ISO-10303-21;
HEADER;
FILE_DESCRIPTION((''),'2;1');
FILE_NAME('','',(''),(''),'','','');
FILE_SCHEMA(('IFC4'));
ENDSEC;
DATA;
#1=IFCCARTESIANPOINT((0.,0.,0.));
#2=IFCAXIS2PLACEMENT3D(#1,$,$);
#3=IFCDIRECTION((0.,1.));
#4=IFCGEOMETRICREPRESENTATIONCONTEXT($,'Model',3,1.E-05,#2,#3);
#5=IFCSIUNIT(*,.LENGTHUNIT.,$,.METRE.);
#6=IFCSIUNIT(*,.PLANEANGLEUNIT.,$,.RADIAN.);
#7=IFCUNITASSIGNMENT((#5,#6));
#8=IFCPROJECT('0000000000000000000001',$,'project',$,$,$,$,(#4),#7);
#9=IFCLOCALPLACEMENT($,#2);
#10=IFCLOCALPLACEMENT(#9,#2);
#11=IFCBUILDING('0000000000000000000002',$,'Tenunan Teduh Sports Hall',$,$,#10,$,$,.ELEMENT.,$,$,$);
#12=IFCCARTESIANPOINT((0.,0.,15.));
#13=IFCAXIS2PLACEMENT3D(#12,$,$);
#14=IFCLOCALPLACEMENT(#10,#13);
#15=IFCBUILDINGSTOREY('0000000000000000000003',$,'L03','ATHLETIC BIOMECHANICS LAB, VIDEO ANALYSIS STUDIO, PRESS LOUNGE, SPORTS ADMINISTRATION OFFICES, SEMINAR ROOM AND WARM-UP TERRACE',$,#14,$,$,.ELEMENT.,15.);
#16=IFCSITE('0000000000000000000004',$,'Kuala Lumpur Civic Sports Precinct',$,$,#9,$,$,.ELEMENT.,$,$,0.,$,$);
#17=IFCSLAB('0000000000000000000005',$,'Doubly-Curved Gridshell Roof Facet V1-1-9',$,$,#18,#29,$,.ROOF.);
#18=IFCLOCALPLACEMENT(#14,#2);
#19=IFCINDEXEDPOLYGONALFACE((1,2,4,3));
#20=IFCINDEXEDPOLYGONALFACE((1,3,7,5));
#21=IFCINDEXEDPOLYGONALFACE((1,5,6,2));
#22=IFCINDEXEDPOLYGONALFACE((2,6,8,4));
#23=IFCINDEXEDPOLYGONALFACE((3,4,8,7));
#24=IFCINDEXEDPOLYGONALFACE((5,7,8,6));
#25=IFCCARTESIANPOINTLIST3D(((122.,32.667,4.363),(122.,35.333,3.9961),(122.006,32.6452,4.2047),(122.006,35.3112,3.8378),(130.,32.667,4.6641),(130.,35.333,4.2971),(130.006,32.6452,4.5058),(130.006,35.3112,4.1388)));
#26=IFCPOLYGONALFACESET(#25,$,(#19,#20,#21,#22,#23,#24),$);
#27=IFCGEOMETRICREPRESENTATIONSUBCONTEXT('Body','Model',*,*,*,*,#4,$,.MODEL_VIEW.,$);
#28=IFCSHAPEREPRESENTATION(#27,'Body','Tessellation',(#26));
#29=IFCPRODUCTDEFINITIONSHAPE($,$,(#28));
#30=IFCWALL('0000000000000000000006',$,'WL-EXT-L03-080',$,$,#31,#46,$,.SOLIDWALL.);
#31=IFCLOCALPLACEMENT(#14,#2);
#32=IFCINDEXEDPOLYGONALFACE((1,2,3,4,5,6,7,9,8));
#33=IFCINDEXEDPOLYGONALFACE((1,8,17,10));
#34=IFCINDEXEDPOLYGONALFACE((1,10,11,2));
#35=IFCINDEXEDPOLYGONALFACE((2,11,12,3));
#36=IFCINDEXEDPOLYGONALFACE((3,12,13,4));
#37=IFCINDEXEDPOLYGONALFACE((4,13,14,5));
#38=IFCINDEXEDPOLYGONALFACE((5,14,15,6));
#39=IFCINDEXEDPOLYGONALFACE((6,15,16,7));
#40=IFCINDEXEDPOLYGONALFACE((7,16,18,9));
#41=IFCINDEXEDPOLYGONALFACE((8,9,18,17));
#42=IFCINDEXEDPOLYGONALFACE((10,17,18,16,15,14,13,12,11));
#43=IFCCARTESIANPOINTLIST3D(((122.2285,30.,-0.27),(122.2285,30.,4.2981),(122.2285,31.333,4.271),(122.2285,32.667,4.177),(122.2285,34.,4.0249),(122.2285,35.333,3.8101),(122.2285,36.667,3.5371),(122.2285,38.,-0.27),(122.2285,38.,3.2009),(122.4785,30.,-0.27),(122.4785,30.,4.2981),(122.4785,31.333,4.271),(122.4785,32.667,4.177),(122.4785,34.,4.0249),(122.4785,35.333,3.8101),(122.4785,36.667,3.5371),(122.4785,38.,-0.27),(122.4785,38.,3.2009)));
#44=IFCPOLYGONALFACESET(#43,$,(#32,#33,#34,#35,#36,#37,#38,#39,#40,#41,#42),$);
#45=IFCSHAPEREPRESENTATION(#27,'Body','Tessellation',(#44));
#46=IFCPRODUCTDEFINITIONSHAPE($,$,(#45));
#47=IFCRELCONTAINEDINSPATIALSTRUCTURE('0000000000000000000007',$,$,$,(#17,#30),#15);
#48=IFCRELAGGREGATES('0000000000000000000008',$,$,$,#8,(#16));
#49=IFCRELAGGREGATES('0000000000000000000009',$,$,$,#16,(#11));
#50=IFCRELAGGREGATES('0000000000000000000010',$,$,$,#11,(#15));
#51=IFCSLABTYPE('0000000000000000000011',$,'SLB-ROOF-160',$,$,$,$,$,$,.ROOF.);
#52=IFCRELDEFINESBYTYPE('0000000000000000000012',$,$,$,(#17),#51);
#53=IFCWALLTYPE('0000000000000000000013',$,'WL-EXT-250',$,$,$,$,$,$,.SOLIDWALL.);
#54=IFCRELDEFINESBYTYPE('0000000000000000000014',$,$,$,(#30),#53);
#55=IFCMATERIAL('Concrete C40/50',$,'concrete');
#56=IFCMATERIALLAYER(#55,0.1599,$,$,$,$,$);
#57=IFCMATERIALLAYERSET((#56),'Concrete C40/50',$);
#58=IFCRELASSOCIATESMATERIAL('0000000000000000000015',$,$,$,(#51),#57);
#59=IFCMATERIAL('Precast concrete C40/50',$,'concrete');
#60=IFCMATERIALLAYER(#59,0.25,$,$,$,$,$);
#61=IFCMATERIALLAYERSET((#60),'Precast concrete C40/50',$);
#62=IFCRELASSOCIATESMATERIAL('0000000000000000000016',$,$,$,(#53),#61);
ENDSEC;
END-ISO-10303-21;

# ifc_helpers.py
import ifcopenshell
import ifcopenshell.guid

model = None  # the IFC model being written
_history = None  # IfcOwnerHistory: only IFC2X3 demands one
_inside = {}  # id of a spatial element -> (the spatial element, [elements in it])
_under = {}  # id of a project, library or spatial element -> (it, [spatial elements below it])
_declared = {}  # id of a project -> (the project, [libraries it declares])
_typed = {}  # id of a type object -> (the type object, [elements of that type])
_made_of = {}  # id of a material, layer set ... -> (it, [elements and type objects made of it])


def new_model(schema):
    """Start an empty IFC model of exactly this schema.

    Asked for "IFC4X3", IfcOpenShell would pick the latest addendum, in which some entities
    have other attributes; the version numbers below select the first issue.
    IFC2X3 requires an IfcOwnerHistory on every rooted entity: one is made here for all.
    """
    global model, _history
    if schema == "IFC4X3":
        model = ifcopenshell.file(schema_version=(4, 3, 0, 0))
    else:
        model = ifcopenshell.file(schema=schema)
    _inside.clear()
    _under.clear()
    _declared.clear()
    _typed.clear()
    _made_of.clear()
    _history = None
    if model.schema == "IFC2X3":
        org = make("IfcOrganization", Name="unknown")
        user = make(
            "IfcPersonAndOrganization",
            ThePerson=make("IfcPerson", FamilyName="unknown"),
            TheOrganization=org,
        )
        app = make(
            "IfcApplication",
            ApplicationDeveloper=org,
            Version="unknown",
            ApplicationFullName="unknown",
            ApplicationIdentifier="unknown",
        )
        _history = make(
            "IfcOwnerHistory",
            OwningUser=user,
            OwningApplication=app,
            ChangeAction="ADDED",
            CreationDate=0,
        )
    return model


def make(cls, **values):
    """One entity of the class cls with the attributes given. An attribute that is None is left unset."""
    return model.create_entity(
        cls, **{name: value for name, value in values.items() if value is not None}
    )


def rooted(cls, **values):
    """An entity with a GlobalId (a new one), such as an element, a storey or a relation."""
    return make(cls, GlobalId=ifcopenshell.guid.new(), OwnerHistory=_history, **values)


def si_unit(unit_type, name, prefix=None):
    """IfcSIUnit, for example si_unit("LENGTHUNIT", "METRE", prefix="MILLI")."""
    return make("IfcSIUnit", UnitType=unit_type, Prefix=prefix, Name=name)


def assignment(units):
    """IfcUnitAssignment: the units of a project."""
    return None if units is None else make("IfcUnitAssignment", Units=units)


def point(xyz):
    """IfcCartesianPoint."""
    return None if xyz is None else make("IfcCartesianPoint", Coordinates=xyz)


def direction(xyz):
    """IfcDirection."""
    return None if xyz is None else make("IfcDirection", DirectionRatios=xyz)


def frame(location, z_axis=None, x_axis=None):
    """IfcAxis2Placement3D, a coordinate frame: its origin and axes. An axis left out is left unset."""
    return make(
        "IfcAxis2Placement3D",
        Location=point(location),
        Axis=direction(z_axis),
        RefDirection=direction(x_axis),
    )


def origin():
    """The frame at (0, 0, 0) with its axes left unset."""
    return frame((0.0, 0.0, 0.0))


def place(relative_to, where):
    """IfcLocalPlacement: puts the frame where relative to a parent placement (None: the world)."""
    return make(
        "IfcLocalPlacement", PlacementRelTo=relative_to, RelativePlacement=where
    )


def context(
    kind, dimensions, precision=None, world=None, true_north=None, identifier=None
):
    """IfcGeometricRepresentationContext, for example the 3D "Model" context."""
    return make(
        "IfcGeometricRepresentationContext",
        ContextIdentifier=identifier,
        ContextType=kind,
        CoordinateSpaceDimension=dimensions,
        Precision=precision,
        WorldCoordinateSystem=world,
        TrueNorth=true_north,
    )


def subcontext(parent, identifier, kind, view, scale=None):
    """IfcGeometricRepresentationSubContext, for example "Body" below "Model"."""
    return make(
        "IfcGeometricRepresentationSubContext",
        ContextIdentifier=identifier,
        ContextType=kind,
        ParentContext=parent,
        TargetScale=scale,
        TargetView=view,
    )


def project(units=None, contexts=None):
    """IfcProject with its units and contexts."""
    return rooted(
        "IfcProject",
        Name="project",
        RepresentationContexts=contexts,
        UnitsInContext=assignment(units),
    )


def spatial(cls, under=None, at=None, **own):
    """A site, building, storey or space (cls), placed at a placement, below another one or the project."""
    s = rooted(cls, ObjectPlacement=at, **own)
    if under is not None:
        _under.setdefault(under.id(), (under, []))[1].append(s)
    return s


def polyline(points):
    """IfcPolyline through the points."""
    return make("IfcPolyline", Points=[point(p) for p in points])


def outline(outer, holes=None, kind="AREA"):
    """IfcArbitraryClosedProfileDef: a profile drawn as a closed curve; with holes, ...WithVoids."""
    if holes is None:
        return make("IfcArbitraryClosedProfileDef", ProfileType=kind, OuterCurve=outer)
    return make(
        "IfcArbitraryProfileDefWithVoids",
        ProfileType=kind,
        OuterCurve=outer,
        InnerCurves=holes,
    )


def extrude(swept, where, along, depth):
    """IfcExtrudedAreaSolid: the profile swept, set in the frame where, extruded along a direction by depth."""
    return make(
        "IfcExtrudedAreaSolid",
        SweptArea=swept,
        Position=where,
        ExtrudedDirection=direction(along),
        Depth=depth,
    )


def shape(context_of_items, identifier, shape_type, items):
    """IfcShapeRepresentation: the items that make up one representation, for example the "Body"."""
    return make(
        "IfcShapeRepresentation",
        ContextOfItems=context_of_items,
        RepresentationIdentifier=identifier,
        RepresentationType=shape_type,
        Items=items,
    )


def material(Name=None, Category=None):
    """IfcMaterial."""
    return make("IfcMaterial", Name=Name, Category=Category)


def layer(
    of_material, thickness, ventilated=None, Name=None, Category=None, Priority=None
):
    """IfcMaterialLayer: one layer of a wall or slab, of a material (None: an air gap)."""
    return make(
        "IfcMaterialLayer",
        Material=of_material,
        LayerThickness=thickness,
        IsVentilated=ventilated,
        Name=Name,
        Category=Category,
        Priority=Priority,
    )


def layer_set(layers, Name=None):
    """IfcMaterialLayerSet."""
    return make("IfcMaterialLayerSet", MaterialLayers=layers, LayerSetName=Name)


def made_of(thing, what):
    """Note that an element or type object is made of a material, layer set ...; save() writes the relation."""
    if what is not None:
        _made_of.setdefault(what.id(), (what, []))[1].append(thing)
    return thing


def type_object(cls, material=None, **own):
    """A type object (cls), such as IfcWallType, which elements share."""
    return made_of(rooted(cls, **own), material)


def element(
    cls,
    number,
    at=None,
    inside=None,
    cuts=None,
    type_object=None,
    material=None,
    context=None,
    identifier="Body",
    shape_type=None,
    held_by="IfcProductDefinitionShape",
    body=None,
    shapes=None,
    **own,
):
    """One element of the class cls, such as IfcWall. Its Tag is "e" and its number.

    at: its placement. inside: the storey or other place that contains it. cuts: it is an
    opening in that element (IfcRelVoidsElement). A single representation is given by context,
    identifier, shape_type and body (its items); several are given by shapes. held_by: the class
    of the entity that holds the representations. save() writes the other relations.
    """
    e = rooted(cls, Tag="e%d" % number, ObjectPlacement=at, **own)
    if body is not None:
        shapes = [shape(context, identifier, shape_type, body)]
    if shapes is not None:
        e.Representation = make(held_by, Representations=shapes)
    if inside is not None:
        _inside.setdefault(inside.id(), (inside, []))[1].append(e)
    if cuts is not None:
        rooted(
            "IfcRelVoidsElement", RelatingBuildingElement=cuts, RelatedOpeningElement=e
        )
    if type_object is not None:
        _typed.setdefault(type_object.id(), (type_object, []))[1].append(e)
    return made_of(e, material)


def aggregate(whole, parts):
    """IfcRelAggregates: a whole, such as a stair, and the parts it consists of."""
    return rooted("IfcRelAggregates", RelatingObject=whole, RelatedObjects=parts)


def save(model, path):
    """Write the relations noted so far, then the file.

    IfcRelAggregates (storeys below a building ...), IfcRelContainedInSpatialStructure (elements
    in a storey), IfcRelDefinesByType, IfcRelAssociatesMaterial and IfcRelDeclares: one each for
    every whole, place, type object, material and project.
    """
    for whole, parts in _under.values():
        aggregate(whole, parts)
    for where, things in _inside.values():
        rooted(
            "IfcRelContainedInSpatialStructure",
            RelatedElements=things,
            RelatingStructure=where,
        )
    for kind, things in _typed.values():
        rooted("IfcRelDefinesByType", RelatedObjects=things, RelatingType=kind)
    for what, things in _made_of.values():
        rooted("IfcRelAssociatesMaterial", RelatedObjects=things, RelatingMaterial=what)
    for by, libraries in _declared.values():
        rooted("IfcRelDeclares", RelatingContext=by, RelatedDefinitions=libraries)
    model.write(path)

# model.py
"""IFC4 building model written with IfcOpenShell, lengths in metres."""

from ifc_helpers import new_model, si_unit, direction, frame, origin, place, context, subcontext, project, spatial, polyline, outline, extrude, material, layer, layer_set, type_object, element, save


model = new_model("IFC4")

# Units and contexts
model_context = context("Model", 3, precision=1e-05, world=origin(), true_north=direction((0.0, 1.0)))
body_context = subcontext(model_context, "Body", "Model", "MODEL_VIEW")
ifc_project = project(units=[si_unit("LENGTHUNIT", "METRE"), si_unit("PLANEANGLEUNIT", "RADIAN")], contexts=[model_context])

# Site, building, storey
site_placement = place(None, origin())
site = spatial("IfcSite", under=ifc_project, at=site_placement, Name="Kuala Lumpur Civic Sports Precinct", CompositionType="ELEMENT", RefElevation=0.0)
building_placement = place(site_placement, origin())
building = spatial("IfcBuilding", under=site, at=building_placement, Name="Tenunan Teduh Sports Hall", CompositionType="ELEMENT")
storey_placement = place(building_placement, frame((0.0, 0.0, 15.0)))
storey = spatial("IfcBuildingStorey", under=building, at=storey_placement, Name="L03", Description="ATHLETIC BIOMECHANICS LAB, VIDEO ANALYSIS STUDIO, PRESS LOUNGE, SPORTS ADMINISTRATION OFFICES, SEMINAR ROOM AND WARM-UP TERRACE", CompositionType="ELEMENT", Elevation=15.0)

# Slab
ifc_material_1 = material(Name="Concrete C40/50", Category="concrete")
ifc_layer_1 = layer(ifc_material_1, 0.1599)
ifc_layer_set_1 = layer_set([ifc_layer_1], Name="Concrete C40/50")
slab_type_1 = type_object("IfcSlabType", Name="SLB-ROOF-160", PredefinedType="ROOF", material=ifc_layer_set_1)
slab_1_placement = place(storey_placement, frame((122.0, 32.667, 4.363), z_axis=(-0.037251, 0.136257, 0.989973), x_axis=(0.999293, 0.0, 0.037602)))
element("IfcSlab", 1, at=slab_1_placement, inside=storey, type_object=slab_type_1, Name="Doubly-Curved Gridshell Roof Facet V1-1-9", PredefinedType="ROOF", context=body_context, shape_type="SweptSolid", body=[
    extrude(outline(polyline([(0.0, 0.0), (8.0057, 0.0), (7.9919, 2.6911), (-0.0138, 2.6911), (0.0, 0.0)])), origin(), (0.0, 0.0, -1.0), 0.1599),
])

# Wall
ifc_material_2 = material(Name="Precast concrete C40/50", Category="concrete")
ifc_layer_2 = layer(ifc_material_2, 0.25)
ifc_layer_set_2 = layer_set([ifc_layer_2], Name="Precast concrete C40/50")
wall_type = type_object("IfcWallType", Name="WL-EXT-250", PredefinedType="SOLIDWALL", material=ifc_layer_set_2)
wall_placement = place(storey_placement, frame((122.3535, 30.0, -0.27), z_axis=(0.0, 0.0, 1.0), x_axis=(0.0, 1.0, 0.0)))
element("IfcWall", 2, at=wall_placement, inside=storey, type_object=wall_type, Name="WL-EXT-L03-080", PredefinedType="SOLIDWALL", context=body_context, shape_type="SweptSolid", body=[
    extrude(outline(polyline([(0.0, 0.0), (8.0, 0.0), (8.0, 3.4709), (6.667, 3.8071), (5.333, 4.0801), (4.0, 4.2949), (2.667, 4.447), (1.333, 4.541), (0.0, 4.5681), (0.0, 0.0)])), frame((0.0, 0.125, 0.0), z_axis=(0.0, -1.0, 0.0), x_axis=(1.0, 0.0, 0.0)), (0.0, 0.0, 1.0), 0.25),
])

save(model, "model.ifc")
